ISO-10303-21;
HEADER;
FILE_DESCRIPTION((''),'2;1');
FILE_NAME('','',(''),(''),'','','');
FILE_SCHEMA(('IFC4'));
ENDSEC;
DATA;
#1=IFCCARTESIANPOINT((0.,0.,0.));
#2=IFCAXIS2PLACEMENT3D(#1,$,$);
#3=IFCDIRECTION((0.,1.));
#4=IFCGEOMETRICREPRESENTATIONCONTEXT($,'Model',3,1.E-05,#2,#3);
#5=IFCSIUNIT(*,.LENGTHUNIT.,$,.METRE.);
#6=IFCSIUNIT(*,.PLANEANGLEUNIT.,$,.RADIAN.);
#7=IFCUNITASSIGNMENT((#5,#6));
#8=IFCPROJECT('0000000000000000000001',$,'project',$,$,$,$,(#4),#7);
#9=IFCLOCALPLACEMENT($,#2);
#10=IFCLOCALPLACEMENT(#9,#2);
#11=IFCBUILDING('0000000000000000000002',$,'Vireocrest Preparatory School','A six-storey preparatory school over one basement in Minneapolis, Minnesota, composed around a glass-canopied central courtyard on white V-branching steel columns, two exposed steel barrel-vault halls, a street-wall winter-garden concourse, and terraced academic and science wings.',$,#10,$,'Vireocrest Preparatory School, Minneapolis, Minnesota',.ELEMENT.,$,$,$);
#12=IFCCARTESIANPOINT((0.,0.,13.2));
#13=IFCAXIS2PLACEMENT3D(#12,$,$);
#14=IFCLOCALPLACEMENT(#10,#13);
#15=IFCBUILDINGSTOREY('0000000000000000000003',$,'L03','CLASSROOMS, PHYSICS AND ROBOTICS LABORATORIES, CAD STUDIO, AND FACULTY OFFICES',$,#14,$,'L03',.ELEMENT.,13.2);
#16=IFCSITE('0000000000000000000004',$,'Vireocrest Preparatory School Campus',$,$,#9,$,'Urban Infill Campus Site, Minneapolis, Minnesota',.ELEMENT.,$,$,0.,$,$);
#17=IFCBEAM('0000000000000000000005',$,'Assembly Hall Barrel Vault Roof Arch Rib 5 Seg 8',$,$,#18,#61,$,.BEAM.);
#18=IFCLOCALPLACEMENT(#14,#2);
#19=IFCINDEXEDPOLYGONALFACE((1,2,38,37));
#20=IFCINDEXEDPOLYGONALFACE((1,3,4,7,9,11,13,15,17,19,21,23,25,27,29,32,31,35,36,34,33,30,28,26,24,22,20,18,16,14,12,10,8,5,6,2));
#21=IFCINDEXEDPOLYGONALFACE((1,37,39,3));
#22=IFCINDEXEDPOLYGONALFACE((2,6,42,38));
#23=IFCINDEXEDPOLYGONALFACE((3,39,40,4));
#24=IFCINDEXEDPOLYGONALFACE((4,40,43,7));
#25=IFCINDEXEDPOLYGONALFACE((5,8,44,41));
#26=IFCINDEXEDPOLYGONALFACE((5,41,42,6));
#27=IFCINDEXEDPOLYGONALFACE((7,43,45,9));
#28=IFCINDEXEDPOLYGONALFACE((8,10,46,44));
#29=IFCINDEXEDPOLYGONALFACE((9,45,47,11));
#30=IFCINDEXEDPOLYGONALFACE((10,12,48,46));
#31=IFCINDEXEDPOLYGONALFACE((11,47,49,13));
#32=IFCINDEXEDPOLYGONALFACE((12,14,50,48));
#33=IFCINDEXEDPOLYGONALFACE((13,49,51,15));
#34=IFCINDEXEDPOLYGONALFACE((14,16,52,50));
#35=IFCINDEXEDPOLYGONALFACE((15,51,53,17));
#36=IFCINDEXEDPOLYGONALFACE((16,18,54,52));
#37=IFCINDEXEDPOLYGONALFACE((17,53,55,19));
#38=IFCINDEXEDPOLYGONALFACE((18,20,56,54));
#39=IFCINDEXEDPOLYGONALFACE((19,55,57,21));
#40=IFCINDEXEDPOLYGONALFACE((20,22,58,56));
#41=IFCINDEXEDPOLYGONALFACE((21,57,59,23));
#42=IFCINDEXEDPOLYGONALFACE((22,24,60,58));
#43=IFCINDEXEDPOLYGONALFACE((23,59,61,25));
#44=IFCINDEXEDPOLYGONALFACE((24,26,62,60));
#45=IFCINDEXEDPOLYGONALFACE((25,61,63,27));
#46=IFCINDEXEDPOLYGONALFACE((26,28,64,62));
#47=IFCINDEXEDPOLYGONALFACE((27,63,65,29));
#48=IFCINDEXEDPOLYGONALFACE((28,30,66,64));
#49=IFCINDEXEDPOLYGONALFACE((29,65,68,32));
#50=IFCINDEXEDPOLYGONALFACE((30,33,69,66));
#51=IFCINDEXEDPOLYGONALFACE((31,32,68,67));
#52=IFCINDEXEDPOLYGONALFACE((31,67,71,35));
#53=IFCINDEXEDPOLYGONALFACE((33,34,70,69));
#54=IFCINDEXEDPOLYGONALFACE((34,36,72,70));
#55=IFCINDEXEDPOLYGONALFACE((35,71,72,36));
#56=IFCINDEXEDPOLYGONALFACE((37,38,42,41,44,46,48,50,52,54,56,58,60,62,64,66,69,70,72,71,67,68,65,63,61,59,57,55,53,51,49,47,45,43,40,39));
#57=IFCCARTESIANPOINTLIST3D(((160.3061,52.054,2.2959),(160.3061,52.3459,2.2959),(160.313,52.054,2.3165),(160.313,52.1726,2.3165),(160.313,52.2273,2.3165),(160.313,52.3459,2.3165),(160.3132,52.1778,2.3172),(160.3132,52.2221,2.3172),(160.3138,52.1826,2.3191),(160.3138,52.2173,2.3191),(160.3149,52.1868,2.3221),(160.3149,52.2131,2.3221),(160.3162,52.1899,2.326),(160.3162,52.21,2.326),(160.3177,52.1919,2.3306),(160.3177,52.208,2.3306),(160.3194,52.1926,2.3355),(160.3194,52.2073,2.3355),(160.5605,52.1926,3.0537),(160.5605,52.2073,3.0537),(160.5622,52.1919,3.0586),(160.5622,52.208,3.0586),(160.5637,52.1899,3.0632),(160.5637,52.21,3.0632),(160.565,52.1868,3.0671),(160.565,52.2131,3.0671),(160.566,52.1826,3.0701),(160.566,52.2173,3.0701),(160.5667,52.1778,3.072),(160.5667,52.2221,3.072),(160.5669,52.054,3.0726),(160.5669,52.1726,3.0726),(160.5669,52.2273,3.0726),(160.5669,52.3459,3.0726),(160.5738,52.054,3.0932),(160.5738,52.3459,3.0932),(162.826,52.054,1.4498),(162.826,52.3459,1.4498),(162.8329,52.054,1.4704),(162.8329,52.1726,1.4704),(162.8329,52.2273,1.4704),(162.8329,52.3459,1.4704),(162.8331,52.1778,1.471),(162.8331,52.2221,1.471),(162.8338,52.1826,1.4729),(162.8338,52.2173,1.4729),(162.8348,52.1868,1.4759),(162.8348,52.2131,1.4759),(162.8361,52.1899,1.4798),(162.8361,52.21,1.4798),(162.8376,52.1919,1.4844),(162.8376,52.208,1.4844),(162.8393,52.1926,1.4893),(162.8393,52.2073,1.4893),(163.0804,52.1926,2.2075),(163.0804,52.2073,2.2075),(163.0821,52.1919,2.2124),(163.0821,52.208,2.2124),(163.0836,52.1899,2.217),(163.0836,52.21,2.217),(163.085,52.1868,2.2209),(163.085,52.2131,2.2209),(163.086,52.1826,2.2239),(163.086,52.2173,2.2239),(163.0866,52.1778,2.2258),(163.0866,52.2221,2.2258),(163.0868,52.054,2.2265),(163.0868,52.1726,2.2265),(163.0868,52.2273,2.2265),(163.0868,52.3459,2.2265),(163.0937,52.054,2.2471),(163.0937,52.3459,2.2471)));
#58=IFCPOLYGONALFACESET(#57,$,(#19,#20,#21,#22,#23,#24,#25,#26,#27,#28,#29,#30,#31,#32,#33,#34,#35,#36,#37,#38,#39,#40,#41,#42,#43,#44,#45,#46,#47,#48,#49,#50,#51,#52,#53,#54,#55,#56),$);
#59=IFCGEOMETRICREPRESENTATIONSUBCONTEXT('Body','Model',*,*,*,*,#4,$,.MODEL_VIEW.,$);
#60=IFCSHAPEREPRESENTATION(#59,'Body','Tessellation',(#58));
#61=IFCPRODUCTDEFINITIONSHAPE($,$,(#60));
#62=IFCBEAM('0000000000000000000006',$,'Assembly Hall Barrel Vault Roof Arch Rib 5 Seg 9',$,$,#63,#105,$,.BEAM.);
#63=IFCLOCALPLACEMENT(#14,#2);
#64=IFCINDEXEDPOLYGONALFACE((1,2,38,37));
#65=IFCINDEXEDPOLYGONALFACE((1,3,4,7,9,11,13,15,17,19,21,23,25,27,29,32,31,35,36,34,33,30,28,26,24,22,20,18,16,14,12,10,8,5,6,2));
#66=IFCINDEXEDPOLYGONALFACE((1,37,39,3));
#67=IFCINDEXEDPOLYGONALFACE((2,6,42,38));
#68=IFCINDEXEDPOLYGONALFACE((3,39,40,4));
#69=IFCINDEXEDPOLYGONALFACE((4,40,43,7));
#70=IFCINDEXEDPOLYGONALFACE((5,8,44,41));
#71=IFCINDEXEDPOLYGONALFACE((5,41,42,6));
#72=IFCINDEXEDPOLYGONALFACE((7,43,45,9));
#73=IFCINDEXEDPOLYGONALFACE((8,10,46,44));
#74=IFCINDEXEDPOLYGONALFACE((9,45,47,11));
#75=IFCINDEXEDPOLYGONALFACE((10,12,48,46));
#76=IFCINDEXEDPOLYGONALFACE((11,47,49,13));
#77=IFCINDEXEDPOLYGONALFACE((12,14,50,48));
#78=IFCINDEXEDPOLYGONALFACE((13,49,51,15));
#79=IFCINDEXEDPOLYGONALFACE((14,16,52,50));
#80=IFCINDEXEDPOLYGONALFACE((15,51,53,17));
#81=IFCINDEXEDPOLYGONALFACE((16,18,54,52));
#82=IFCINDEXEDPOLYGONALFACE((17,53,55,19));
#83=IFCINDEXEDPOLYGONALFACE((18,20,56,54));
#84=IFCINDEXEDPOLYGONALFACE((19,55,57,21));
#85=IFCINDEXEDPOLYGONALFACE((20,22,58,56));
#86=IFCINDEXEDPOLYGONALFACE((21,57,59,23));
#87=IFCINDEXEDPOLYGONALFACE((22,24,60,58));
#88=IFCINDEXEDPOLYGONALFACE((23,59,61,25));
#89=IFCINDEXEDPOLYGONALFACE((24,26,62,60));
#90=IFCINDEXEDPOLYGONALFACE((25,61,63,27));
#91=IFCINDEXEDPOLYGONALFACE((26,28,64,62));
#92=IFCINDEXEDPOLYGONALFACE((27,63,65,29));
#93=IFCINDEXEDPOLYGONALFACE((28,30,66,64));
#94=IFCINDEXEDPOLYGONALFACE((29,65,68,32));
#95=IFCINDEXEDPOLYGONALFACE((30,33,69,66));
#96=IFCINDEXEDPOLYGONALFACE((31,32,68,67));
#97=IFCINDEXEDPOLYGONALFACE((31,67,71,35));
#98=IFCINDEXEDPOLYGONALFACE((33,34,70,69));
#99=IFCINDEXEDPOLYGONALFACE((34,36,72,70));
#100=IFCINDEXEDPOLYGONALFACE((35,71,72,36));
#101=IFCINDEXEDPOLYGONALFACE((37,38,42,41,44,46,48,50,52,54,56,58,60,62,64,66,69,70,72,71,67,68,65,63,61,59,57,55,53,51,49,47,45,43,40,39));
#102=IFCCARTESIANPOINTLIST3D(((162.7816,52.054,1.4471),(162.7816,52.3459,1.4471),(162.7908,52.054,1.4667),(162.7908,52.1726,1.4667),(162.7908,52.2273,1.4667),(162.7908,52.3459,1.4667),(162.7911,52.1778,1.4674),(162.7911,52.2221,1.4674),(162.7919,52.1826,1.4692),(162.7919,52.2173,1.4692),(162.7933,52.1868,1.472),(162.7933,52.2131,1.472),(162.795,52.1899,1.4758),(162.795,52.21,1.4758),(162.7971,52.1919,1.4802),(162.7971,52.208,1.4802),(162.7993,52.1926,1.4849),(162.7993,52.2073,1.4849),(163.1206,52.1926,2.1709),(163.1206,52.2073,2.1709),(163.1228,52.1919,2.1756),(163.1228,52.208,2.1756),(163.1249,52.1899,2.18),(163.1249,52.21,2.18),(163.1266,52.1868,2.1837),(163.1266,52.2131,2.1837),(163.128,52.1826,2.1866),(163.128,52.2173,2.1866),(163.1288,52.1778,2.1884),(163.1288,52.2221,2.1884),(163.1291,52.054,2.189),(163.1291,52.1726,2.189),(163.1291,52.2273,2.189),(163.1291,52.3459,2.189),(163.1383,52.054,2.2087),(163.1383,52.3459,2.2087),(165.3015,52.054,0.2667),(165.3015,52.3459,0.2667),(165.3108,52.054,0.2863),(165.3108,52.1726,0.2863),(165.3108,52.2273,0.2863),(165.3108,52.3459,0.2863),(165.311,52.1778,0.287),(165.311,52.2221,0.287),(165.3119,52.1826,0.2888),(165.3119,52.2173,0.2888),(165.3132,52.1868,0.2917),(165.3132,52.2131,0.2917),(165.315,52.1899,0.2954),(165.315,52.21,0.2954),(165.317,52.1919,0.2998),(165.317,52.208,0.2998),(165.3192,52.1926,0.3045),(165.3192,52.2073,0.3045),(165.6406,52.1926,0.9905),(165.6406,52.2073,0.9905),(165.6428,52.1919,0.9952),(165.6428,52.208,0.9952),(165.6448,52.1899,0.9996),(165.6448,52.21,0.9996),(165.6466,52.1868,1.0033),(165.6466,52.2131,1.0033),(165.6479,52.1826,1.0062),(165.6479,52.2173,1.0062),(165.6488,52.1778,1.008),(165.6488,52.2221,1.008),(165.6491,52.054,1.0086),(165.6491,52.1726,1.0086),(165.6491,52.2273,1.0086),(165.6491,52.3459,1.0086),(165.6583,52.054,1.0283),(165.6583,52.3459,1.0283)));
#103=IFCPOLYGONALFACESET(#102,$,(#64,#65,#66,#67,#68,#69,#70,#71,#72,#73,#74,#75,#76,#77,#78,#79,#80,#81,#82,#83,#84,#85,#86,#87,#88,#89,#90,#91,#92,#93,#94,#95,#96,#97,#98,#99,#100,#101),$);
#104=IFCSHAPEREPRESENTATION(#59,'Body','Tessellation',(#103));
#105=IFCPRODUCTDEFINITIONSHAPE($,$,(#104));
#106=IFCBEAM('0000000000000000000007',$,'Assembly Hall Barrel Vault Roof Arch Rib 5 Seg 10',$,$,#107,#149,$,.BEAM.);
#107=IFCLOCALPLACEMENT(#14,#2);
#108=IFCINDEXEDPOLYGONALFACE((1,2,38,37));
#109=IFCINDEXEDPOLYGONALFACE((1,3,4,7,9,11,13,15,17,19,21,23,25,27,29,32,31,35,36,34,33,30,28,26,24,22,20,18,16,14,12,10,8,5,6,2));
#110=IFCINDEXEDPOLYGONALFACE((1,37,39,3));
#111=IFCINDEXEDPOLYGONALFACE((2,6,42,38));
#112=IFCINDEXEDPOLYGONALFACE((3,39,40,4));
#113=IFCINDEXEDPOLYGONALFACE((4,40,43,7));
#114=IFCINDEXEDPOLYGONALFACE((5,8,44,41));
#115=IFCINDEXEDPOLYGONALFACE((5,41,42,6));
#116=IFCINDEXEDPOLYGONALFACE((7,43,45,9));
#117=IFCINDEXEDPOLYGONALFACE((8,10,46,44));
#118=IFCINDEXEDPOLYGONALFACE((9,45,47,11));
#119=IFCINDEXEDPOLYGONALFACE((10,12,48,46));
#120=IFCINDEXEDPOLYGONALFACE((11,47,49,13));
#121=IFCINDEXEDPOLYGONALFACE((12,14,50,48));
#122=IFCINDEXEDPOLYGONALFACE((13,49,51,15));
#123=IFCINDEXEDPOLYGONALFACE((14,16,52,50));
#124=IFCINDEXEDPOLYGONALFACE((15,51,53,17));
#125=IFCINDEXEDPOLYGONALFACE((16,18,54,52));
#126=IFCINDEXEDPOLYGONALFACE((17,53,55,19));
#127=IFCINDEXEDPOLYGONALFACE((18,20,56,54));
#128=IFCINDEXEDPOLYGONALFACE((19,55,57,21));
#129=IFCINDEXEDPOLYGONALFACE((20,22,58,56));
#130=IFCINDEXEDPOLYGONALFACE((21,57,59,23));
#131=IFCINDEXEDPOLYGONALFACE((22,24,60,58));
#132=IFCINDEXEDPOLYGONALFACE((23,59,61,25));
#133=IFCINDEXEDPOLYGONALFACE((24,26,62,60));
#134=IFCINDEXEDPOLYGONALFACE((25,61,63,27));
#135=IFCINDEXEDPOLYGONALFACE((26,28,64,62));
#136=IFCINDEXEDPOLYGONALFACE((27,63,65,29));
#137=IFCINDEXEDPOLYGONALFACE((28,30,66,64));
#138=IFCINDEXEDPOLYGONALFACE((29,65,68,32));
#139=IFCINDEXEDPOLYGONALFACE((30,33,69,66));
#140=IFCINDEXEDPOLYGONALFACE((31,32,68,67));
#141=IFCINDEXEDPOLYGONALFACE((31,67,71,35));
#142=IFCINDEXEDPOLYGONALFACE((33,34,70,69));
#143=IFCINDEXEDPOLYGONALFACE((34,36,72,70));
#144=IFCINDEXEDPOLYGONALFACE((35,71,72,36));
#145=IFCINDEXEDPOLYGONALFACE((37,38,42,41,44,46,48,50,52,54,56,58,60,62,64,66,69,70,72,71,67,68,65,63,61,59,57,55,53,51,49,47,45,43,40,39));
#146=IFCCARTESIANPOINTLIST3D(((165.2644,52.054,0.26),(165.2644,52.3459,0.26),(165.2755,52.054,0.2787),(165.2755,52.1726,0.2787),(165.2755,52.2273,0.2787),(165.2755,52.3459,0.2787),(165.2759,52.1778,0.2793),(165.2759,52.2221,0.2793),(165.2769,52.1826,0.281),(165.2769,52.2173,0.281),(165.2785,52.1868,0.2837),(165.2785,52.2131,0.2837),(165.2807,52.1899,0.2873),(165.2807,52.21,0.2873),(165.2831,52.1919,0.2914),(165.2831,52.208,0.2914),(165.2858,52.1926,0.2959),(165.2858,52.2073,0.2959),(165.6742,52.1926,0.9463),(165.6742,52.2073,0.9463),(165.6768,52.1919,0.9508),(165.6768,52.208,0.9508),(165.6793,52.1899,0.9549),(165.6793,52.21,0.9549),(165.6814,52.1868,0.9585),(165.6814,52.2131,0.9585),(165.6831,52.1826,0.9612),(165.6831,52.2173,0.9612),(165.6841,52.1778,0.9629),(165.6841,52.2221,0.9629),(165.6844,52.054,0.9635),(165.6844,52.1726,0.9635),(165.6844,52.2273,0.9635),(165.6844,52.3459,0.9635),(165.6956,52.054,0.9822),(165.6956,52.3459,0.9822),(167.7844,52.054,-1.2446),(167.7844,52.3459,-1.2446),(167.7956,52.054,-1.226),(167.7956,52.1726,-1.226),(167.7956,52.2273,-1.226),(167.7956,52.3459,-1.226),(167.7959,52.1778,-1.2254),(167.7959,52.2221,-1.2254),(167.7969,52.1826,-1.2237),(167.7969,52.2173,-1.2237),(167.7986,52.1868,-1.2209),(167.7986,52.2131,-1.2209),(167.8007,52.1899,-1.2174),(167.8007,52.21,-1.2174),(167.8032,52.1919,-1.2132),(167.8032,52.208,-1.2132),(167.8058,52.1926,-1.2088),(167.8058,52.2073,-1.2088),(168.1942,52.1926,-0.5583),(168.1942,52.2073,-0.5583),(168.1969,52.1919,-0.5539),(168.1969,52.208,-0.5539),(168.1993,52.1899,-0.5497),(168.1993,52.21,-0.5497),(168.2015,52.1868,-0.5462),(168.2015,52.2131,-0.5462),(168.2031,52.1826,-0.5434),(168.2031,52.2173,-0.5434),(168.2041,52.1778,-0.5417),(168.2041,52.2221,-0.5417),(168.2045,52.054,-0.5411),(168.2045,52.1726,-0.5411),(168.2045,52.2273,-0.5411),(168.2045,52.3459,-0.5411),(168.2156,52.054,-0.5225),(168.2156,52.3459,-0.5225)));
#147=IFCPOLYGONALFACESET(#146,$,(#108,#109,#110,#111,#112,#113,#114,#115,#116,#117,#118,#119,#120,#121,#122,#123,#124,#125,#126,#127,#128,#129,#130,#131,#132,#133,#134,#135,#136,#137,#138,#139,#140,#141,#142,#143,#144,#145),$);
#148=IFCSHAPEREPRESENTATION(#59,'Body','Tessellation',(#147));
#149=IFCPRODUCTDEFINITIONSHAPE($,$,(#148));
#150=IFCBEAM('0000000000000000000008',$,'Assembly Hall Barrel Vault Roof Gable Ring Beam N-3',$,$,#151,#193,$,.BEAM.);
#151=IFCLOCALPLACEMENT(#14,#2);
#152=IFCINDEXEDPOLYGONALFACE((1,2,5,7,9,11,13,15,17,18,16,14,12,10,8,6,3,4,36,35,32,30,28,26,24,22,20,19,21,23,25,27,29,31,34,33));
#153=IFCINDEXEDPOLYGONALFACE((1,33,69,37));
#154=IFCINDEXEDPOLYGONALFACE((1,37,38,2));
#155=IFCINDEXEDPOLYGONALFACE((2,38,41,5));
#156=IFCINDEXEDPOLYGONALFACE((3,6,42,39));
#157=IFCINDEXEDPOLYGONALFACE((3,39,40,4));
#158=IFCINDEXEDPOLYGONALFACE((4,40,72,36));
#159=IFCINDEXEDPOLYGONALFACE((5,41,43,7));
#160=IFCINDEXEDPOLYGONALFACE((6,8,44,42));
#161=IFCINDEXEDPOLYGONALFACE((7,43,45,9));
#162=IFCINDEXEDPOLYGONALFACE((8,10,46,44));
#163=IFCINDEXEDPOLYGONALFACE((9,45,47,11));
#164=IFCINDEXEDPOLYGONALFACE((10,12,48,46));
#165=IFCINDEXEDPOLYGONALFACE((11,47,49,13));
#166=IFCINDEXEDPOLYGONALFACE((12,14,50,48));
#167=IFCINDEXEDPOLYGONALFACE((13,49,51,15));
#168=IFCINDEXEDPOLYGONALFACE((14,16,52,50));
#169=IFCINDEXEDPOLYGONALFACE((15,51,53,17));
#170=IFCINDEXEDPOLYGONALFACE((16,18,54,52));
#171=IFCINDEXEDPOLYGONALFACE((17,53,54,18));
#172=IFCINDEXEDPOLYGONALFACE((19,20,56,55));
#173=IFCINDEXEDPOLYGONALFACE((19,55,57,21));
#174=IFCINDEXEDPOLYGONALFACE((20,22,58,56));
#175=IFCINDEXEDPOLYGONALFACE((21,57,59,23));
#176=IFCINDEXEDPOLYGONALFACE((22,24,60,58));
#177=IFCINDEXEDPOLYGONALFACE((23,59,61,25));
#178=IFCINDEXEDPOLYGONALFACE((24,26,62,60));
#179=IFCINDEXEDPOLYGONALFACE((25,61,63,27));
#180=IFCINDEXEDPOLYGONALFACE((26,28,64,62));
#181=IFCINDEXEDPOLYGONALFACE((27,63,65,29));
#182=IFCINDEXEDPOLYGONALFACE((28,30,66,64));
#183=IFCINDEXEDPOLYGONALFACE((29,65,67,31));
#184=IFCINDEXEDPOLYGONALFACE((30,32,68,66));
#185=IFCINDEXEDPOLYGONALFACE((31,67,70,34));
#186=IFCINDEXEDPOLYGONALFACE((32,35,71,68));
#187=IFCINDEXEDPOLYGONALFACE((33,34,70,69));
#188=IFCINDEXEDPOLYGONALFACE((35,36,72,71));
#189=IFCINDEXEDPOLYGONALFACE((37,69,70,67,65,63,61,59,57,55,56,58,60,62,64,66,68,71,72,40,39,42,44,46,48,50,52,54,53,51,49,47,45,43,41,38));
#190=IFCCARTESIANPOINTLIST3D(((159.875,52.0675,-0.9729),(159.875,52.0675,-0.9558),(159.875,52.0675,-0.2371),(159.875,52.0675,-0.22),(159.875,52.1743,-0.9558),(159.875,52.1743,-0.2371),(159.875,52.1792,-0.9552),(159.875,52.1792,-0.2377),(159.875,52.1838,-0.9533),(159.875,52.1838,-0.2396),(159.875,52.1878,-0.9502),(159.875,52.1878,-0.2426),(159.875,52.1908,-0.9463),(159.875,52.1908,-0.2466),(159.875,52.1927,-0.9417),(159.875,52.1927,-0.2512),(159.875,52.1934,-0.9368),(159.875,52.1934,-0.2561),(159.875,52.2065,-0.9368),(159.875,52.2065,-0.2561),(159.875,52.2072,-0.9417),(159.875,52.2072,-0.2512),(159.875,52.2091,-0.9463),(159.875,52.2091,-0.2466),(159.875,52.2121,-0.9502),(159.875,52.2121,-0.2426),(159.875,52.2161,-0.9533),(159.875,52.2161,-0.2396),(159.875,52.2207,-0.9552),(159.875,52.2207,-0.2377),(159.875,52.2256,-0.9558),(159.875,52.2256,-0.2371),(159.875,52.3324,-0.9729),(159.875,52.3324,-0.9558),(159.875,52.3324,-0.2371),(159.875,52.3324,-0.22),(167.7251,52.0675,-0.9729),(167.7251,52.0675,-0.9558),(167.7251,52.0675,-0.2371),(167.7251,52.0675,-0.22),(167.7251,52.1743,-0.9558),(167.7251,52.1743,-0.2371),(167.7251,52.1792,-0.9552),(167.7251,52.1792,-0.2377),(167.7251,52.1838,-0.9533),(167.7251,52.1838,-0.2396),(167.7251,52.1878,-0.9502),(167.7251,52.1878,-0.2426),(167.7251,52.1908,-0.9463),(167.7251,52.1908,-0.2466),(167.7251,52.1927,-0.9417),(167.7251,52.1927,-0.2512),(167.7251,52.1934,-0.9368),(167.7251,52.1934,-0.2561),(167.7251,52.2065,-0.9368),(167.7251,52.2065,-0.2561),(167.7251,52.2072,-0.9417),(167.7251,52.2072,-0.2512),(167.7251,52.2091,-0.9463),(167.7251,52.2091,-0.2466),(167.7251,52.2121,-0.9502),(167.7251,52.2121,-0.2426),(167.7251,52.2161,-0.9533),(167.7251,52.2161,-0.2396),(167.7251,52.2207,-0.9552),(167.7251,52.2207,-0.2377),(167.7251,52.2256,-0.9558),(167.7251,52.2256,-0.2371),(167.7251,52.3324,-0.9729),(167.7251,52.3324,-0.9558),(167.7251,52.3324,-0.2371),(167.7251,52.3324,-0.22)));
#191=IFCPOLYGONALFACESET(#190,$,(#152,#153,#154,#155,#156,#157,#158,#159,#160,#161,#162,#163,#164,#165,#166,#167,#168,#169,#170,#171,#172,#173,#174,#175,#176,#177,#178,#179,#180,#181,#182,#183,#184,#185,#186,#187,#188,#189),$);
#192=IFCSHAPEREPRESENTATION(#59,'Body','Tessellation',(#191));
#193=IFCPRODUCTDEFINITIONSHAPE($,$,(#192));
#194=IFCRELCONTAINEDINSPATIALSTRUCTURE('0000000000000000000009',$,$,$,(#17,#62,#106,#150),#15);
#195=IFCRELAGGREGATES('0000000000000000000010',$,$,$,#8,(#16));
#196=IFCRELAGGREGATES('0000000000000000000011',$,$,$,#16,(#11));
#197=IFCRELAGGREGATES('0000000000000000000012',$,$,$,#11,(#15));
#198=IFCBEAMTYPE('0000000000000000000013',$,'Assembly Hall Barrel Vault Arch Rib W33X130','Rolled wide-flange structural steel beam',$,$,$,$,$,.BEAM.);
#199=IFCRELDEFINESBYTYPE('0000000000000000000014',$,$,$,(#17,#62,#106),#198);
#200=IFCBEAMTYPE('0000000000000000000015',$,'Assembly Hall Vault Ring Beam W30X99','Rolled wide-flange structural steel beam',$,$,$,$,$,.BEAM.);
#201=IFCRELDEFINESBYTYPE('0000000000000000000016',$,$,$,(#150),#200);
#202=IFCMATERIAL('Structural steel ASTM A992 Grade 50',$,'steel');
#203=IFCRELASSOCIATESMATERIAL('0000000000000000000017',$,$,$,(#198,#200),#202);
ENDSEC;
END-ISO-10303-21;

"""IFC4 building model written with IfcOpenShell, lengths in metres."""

from ifc_helpers import new_model, si_unit, direction, frame, origin, origin_2d, place, context, subcontext, project, spatial, i_section, extrude, material, material_profile, profile_set, type_object, element, save


model = new_model("IFC4")

# Units and contexts
model_context = context("Model", 3, precision=1e-05, world=origin(), true_north=direction((0.0, 1.0)))
body_context = subcontext(model_context, "Body", "Model", "MODEL_VIEW")
ifc_project = project(units=[si_unit("LENGTHUNIT", "METRE"), si_unit("PLANEANGLEUNIT", "RADIAN")], contexts=[model_context])

# Site, building, storey
site_placement = place(None, origin())
site = spatial("IfcSite", under=ifc_project, at=site_placement, Name="Vireocrest Preparatory School Campus", LongName="Urban Infill Campus Site, Minneapolis, Minnesota", CompositionType="ELEMENT", RefElevation=0.0)
building_placement = place(site_placement, origin())
building = spatial("IfcBuilding", under=site, at=building_placement, Name="Vireocrest Preparatory School", Description="A six-storey preparatory school over one basement in Minneapolis, Minnesota, composed around a glass-canopied central courtyard on white V-branching steel columns, two exposed steel barrel-vault halls, a street-wall winter-garden concourse, and terraced academic and science wings.", LongName="Vireocrest Preparatory School, Minneapolis, Minnesota", CompositionType="ELEMENT")
storey_placement = place(building_placement, frame((0.0, 0.0, 13.2)))
storey = spatial("IfcBuildingStorey", under=building, at=storey_placement, Name="L03", Description="CLASSROOMS, PHYSICS AND ROBOTICS LABORATORIES, CAD STUDIO, AND FACULTY OFFICES", LongName="L03", CompositionType="ELEMENT", Elevation=13.2)

# Beams
ifc_material_1 = material(Name="Structural steel ASTM A992 Grade 50", Category="steel")
ifc_material_profile_1 = material_profile(ifc_material_1, i_section(OverallWidth=0.292, OverallDepth=0.8411, WebThickness=0.0146, FlangeThickness=0.0217, FilletRadius=0.02, at=origin_2d()), Name="W33X130")
ifc_profile_set_1 = profile_set([ifc_material_profile_1], Name="Structural steel ASTM A992 Grade 50")
beam_type_1 = type_object("IfcBeamType", Name="Assembly Hall Barrel Vault Arch Rib W33X130", Description="Rolled wide-flange structural steel beam", PredefinedType="BEAM", material=ifc_profile_set_1)
beam_1_placement = place(storey_placement, frame((160.4399, 52.2, 2.6946), z_axis=(0.947983, 0.0, -0.318321), x_axis=(0.0, 1.0, 0.0)))
element("IfcBeam", 1, at=beam_1_placement, inside=storey, type_object=beam_type_1, Name="Assembly Hall Barrel Vault Roof Arch Rib 5 Seg 8", PredefinedType="BEAM", context=body_context, shape_type="SweptSolid", body=[
    extrude(i_section(OverallWidth=0.292, OverallDepth=0.8411, WebThickness=0.0146, FlangeThickness=0.0217, FilletRadius=0.02, at=origin_2d()), origin(), (0.0, 0.0, 1.0), 2.6582),
])
beam_2_placement = place(storey_placement, frame((162.96, 52.2, 1.8279), z_axis=(0.905575, 0.0, -0.424187), x_axis=(0.0, 1.0, 0.0)))
element("IfcBeam", 2, at=beam_2_placement, inside=storey, type_object=beam_type_1, Name="Assembly Hall Barrel Vault Roof Arch Rib 5 Seg 9", PredefinedType="BEAM", context=body_context, shape_type="SweptSolid", body=[
    extrude(i_section(OverallWidth=0.292, OverallDepth=0.8411, WebThickness=0.0146, FlangeThickness=0.0217, FilletRadius=0.02, at=origin_2d()), origin(), (0.0, 0.0, 1.0), 2.7827),
])
beam_3_placement = place(storey_placement, frame((165.48, 52.2, 0.6211), z_axis=(0.858599, 0.0, -0.512647), x_axis=(0.0, 1.0, 0.0)))
element("IfcBeam", 3, at=beam_3_placement, inside=storey, type_object=beam_type_1, Name="Assembly Hall Barrel Vault Roof Arch Rib 5 Seg 10", PredefinedType="BEAM", context=body_context, shape_type="SweptSolid", body=[
    extrude(i_section(OverallWidth=0.292, OverallDepth=0.8411, WebThickness=0.0146, FlangeThickness=0.0217, FilletRadius=0.02, at=origin_2d()), origin(), (0.0, 0.0, 1.0), 2.9351),
])
ifc_material_profile_2 = material_profile(ifc_material_1, i_section(OverallWidth=0.2649, OverallDepth=0.7529, WebThickness=0.0132, FlangeThickness=0.0171, FilletRadius=0.019, at=origin_2d()), Name="W30X99")
ifc_profile_set_2 = profile_set([ifc_material_profile_2], Name="Structural steel ASTM A992 Grade 50")
beam_type_2 = type_object("IfcBeamType", Name="Assembly Hall Vault Ring Beam W30X99", Description="Rolled wide-flange structural steel beam", PredefinedType="BEAM", material=ifc_profile_set_2)
beam_4_placement = place(storey_placement, frame((159.875, 52.2, -0.5964), z_axis=(1.0, 0.0, 0.0), x_axis=(0.0, 1.0, 0.0)))
element("IfcBeam", 4, at=beam_4_placement, inside=storey, type_object=beam_type_2, Name="Assembly Hall Barrel Vault Roof Gable Ring Beam N-3", PredefinedType="BEAM", context=body_context, shape_type="SweptSolid", body=[
    extrude(i_section(OverallWidth=0.2649, OverallDepth=0.7529, WebThickness=0.0132, FlangeThickness=0.0171, FilletRadius=0.019, at=origin_2d()), origin(), (0.0, 0.0, 1.0), 7.8501),
])

save(model, "model.ifc")
